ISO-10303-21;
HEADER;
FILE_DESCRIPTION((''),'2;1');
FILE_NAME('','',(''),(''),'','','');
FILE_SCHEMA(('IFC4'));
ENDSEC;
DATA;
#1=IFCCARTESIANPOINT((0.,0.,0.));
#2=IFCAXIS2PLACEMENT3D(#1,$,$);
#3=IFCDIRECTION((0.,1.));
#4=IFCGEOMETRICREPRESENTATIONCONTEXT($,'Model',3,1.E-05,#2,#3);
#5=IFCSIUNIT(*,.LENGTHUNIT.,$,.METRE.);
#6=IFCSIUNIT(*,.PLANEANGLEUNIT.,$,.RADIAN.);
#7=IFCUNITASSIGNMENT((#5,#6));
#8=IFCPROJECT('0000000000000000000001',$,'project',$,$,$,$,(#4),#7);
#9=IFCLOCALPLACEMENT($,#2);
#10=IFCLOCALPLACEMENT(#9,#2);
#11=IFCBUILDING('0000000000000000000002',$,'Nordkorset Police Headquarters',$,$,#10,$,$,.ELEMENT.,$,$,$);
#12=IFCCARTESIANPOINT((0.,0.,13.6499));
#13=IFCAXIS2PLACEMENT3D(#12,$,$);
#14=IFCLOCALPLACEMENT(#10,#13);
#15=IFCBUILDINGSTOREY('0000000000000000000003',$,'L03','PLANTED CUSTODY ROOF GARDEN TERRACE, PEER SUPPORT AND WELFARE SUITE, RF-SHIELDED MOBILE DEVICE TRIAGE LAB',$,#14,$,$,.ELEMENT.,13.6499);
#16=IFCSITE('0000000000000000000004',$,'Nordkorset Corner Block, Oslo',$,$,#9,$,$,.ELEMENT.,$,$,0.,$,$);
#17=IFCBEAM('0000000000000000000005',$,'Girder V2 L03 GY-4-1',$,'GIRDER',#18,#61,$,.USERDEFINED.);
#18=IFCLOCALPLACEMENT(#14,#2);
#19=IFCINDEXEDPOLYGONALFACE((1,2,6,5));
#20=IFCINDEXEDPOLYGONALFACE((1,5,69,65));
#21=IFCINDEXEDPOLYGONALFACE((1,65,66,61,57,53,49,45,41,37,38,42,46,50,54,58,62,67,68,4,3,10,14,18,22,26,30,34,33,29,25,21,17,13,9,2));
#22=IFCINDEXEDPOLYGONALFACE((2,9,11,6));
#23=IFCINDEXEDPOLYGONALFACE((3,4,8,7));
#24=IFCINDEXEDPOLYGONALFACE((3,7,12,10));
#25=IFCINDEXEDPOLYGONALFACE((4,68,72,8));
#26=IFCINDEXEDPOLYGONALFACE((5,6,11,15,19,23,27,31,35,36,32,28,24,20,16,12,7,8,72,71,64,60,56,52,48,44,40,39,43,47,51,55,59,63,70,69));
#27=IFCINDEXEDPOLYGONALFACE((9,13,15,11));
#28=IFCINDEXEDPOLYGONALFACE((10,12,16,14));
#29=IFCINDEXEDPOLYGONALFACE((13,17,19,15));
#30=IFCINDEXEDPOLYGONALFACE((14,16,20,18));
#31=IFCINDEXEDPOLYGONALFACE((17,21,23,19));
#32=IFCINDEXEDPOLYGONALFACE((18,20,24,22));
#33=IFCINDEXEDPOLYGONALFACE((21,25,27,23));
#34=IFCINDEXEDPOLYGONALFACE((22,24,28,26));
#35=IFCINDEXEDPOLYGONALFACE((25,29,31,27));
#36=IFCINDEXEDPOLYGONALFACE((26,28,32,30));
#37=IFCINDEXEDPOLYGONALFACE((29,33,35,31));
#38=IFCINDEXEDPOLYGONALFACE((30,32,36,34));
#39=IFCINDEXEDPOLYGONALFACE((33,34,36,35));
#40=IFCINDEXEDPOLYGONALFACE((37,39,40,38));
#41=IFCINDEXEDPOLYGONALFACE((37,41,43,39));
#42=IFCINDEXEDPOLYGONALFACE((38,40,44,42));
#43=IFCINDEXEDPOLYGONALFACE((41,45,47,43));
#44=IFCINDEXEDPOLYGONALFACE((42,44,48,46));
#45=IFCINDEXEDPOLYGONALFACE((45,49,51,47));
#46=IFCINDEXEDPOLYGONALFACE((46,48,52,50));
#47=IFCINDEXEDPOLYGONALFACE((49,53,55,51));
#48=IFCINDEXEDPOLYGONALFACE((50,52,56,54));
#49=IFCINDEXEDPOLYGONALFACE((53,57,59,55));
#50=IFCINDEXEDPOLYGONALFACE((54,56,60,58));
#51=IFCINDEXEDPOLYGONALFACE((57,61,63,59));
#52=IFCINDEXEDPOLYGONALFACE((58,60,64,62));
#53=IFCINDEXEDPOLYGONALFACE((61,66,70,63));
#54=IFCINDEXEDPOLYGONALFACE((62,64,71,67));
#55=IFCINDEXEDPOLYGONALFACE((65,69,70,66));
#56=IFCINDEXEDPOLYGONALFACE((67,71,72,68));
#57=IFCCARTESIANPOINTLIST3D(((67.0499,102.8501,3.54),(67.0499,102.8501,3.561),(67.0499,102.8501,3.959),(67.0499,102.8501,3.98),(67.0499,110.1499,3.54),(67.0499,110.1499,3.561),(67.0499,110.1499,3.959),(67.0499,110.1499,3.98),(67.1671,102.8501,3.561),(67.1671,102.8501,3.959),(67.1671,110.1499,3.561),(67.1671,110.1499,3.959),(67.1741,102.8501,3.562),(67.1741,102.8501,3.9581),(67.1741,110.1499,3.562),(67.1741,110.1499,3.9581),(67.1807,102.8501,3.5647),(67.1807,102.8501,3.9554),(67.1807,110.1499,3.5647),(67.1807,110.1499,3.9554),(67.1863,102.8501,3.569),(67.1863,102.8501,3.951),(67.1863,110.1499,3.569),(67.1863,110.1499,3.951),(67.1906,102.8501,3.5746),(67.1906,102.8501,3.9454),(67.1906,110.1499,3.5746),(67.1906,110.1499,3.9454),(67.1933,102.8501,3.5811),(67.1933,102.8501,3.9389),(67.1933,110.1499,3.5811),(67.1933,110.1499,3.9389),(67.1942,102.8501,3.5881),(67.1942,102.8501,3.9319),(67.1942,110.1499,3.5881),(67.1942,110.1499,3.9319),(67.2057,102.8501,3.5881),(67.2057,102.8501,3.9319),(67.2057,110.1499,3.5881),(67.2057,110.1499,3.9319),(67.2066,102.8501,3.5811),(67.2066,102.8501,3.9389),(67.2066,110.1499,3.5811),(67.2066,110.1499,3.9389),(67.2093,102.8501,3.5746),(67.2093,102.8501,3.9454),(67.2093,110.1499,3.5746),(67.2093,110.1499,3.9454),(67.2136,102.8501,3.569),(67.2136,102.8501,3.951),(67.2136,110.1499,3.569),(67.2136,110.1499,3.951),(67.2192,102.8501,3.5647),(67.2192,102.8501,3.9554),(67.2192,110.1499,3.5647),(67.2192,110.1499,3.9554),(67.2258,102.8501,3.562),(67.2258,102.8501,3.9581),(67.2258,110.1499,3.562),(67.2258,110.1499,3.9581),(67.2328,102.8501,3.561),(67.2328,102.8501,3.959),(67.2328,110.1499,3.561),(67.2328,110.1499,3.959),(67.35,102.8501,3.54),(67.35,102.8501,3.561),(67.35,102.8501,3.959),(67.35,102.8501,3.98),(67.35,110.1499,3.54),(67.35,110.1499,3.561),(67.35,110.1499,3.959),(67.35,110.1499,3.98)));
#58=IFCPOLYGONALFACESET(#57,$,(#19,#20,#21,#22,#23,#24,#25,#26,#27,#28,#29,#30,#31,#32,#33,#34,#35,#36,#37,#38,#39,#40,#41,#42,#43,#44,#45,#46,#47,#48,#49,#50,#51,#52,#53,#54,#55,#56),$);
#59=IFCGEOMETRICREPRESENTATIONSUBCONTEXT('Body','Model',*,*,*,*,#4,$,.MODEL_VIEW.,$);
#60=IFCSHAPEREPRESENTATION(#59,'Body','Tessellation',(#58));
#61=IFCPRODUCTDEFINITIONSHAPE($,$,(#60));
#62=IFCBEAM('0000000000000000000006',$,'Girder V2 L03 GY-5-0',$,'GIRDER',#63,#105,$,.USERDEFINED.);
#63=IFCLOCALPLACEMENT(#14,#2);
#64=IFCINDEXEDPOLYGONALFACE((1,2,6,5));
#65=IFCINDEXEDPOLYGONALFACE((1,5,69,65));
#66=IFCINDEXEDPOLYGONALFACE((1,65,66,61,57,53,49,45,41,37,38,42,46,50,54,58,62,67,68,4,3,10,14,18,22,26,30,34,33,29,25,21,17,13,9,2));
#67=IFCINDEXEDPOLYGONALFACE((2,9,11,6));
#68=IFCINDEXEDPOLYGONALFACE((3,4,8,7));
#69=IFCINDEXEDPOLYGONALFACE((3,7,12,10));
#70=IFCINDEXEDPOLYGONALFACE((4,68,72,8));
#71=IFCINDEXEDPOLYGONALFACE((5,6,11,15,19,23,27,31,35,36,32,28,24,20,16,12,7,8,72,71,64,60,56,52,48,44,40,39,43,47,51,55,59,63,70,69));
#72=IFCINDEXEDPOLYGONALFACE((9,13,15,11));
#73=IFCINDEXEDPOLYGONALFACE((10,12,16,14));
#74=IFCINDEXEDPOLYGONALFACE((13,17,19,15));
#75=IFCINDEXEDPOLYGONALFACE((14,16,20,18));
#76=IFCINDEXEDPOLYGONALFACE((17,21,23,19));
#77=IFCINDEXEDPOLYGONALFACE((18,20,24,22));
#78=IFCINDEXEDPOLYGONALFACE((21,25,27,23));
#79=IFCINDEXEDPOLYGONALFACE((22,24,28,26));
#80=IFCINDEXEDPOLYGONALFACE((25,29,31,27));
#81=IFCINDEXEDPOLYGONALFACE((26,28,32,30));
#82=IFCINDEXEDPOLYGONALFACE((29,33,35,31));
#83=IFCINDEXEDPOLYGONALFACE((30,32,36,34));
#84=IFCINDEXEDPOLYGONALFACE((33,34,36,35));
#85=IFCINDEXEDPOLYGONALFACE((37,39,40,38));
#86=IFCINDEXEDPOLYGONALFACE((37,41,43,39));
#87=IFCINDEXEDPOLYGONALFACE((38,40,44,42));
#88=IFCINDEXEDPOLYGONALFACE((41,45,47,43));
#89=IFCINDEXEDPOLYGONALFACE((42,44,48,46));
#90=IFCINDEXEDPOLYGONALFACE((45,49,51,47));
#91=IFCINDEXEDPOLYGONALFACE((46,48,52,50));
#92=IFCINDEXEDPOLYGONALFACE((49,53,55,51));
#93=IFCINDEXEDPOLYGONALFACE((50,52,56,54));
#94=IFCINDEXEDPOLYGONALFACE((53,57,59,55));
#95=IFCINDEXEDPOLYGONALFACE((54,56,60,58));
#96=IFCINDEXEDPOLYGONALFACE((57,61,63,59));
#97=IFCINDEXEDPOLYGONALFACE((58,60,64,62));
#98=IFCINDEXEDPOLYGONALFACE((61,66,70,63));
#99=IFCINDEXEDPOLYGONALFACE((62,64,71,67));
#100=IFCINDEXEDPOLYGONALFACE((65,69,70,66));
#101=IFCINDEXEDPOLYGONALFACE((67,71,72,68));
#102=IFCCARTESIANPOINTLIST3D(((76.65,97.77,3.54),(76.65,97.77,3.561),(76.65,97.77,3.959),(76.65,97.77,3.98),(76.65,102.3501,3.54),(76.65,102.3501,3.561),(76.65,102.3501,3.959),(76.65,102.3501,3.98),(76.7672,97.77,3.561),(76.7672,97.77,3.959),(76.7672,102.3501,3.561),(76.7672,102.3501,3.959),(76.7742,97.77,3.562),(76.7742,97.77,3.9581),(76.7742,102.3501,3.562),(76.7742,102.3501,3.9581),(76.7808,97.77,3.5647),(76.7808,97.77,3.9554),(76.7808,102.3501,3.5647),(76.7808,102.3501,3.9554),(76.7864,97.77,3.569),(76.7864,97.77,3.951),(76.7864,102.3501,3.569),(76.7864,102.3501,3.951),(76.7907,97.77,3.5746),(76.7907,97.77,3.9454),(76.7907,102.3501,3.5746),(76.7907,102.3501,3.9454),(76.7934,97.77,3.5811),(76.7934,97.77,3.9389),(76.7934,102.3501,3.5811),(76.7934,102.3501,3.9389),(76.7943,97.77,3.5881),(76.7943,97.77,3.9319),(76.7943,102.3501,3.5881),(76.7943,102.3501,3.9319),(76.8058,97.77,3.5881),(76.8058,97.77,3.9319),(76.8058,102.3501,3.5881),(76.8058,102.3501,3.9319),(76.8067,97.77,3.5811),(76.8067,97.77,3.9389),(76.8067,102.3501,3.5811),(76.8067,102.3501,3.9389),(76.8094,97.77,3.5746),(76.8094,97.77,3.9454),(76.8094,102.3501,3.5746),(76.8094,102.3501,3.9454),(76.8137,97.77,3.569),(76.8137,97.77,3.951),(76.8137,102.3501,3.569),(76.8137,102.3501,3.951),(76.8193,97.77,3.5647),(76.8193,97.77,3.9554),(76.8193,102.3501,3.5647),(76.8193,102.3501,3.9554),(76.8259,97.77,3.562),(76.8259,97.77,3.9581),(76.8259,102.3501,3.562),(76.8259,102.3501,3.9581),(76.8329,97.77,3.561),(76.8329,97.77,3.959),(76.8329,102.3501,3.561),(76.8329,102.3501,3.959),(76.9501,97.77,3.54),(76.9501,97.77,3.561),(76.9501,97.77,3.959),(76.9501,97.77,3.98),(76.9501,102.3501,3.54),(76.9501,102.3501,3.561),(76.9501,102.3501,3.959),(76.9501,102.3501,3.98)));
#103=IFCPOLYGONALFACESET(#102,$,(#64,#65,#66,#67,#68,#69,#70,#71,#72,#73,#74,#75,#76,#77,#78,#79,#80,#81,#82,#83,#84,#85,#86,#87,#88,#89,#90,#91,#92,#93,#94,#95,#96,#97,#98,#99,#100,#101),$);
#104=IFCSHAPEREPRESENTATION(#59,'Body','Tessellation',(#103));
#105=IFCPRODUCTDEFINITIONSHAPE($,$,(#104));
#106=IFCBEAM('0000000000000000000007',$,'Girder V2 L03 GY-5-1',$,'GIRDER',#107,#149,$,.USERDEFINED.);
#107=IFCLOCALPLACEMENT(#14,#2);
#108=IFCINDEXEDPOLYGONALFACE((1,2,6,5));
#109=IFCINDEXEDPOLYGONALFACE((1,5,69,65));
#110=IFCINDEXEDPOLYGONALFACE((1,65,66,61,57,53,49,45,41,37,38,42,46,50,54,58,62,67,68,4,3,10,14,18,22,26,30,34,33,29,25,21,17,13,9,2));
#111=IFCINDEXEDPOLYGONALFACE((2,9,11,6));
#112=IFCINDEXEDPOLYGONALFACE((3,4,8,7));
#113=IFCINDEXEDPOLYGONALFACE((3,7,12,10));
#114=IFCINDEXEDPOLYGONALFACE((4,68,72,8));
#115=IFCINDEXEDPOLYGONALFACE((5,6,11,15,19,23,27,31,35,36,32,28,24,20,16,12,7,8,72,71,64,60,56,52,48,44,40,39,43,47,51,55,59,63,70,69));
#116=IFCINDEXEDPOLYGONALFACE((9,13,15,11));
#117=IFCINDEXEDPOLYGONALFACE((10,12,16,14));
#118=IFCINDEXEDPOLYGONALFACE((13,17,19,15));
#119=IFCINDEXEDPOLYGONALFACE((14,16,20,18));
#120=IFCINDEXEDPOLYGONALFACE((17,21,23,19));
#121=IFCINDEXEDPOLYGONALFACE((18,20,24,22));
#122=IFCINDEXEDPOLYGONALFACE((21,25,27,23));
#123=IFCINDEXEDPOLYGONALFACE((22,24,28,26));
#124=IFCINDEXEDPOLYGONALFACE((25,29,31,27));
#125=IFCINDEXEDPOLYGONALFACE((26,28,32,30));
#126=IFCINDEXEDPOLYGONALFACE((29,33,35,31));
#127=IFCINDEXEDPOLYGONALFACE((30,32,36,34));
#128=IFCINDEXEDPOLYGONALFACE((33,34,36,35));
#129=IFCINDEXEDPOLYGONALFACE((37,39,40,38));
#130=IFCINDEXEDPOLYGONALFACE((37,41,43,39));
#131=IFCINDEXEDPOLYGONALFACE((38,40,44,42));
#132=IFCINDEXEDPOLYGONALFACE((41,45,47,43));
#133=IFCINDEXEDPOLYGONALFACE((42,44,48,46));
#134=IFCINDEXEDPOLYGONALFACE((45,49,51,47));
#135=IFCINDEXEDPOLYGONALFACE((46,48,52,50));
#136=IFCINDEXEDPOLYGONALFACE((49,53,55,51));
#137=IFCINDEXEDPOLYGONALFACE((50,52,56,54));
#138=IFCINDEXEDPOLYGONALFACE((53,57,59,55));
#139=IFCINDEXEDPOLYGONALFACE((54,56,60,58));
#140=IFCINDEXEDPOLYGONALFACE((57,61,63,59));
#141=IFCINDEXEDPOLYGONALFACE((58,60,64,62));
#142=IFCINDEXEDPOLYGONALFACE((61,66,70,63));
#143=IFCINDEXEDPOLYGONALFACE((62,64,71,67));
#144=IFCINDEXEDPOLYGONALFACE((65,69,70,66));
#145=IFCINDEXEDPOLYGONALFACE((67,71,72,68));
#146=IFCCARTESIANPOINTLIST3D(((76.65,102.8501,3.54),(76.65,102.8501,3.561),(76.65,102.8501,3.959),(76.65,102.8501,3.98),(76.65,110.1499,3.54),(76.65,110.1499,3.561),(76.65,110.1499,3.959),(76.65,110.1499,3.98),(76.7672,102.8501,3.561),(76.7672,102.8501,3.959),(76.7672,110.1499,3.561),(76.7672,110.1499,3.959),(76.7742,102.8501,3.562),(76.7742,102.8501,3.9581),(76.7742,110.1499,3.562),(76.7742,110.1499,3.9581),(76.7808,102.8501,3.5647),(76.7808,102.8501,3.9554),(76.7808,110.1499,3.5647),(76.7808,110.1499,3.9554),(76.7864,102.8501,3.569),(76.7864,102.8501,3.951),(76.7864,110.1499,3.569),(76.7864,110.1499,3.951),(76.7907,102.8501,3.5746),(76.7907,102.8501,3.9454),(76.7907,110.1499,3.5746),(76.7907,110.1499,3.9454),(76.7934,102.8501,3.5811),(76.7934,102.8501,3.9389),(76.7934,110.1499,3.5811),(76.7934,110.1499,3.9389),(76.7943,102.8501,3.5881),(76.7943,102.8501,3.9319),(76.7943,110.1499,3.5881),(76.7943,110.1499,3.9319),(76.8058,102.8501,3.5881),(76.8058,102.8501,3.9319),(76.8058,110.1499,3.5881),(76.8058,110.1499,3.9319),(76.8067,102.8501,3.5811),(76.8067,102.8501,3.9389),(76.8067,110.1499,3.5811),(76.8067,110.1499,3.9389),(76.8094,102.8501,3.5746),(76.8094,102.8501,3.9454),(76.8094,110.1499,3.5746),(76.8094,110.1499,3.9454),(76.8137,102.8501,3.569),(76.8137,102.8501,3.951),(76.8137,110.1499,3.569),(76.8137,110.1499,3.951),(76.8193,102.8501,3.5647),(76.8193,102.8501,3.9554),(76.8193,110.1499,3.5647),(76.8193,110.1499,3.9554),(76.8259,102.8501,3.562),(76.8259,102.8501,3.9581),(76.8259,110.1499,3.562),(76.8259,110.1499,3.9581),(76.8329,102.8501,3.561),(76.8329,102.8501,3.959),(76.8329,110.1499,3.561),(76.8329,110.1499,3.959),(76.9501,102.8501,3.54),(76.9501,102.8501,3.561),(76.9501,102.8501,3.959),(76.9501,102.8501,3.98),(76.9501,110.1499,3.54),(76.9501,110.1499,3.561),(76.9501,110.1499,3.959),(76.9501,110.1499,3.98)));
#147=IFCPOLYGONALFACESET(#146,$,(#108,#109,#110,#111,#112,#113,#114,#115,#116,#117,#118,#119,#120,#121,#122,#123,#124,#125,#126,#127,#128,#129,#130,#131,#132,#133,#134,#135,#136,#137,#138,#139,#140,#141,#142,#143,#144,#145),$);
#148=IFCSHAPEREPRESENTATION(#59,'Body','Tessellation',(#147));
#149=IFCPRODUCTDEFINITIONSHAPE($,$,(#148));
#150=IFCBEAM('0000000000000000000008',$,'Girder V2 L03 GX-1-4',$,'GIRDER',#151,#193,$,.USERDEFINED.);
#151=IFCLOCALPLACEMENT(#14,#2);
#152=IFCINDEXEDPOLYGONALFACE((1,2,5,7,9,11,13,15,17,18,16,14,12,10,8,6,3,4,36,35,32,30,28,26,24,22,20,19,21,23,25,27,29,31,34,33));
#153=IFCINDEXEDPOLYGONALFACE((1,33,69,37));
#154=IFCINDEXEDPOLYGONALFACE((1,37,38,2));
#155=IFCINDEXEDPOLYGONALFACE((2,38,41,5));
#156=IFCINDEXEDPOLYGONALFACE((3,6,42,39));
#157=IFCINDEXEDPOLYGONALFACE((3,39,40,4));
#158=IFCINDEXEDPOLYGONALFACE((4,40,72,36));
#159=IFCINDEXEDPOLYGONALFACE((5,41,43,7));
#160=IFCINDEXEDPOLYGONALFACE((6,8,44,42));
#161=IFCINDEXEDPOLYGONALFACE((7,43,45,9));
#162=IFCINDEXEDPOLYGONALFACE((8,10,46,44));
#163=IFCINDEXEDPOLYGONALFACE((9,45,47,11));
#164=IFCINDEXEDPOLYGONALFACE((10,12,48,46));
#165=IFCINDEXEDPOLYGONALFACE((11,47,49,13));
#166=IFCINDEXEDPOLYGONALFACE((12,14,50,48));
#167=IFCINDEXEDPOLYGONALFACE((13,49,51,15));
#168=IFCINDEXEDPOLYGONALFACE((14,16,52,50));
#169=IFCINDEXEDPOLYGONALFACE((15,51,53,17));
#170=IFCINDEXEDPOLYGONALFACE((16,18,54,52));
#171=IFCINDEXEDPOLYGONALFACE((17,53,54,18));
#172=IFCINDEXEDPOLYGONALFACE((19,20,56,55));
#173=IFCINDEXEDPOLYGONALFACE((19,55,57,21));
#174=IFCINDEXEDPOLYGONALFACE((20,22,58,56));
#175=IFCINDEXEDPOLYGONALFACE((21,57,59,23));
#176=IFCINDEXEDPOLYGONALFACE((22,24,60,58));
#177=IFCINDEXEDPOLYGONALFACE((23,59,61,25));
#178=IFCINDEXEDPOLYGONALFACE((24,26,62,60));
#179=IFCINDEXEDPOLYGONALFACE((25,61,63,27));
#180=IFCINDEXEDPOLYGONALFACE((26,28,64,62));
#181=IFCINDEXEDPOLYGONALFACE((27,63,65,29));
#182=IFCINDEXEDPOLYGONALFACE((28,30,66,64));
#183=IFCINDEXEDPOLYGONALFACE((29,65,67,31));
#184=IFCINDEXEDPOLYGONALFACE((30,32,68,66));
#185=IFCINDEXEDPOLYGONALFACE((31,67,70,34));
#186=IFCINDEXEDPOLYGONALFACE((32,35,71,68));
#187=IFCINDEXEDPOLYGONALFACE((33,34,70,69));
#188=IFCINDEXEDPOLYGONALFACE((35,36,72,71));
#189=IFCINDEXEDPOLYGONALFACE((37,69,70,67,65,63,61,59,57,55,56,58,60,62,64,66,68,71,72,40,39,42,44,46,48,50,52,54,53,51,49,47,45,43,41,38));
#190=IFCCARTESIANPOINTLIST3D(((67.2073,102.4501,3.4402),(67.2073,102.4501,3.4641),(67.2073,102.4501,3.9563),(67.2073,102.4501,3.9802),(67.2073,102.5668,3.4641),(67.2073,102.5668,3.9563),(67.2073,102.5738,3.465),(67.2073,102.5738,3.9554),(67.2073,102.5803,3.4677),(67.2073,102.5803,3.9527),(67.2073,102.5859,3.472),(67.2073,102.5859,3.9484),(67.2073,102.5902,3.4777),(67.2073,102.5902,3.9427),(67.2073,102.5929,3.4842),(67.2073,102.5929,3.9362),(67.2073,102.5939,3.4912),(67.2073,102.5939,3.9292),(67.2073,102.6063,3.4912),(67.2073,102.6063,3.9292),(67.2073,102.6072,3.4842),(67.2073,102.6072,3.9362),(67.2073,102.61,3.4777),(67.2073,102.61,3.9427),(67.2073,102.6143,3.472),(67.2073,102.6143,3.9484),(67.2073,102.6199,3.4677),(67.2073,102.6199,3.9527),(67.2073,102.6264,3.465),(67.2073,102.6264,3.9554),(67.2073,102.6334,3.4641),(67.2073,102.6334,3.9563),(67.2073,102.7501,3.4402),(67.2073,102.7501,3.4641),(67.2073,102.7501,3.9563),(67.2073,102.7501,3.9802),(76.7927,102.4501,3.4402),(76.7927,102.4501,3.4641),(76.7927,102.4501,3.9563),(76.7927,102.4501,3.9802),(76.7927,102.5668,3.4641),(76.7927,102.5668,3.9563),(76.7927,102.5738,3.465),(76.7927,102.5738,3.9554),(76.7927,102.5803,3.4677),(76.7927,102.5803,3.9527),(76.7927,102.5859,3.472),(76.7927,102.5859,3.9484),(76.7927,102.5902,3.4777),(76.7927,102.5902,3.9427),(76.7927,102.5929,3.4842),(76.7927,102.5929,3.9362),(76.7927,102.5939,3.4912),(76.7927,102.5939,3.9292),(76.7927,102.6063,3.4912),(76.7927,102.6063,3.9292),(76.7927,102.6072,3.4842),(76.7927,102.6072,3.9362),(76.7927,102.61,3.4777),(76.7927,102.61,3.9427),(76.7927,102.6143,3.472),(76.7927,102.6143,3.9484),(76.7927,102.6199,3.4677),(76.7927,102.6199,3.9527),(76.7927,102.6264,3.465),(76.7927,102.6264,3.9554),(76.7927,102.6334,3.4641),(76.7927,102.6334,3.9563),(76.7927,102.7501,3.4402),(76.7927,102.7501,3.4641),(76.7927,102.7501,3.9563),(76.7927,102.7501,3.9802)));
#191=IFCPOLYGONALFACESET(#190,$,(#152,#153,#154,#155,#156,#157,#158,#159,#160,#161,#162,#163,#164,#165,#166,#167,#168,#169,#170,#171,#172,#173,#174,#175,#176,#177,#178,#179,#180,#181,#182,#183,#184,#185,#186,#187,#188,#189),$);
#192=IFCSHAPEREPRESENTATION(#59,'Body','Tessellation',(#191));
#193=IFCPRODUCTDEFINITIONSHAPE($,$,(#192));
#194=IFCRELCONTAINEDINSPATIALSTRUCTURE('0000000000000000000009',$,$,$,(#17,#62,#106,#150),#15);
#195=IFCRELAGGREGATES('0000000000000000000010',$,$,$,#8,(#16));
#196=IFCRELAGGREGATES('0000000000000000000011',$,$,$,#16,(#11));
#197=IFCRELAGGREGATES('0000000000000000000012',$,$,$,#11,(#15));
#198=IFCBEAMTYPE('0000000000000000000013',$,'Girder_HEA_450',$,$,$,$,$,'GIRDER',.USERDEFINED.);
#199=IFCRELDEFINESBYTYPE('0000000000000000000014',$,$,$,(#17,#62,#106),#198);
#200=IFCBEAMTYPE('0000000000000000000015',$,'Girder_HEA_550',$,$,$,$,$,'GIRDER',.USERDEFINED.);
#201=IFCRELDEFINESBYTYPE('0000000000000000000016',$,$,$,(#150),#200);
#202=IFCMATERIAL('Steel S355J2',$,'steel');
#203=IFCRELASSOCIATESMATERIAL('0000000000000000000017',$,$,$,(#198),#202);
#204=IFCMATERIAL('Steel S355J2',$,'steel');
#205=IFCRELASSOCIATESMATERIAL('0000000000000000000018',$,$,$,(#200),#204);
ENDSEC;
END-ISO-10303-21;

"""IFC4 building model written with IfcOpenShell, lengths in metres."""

from ifc_helpers import new_model, si_unit, direction, frame, origin, origin_2d, place, context, subcontext, project, spatial, i_section, extrude, material, material_profile, profile_set, type_object, element, save


model = new_model("IFC4")

# Units and contexts
model_context = context("Model", 3, precision=1e-05, world=origin(), true_north=direction((0.0, 1.0)))
body_context = subcontext(model_context, "Body", "Model", "MODEL_VIEW")
ifc_project = project(units=[si_unit("LENGTHUNIT", "METRE"), si_unit("PLANEANGLEUNIT", "RADIAN")], contexts=[model_context])

# Site, building, storey
site_placement = place(None, origin())
site = spatial("IfcSite", under=ifc_project, at=site_placement, Name="Nordkorset Corner Block, Oslo", CompositionType="ELEMENT", RefElevation=0.0)
building_placement = place(site_placement, origin())
building = spatial("IfcBuilding", under=site, at=building_placement, Name="Nordkorset Police Headquarters", CompositionType="ELEMENT")
storey_placement = place(building_placement, frame((0.0, 0.0, 13.6499)))
storey = spatial("IfcBuildingStorey", under=building, at=storey_placement, Name="L03", Description="PLANTED CUSTODY ROOF GARDEN TERRACE, PEER SUPPORT AND WELFARE SUITE, RF-SHIELDED MOBILE DEVICE TRIAGE LAB", CompositionType="ELEMENT", Elevation=13.6499)

# Beams
ifc_material_1 = material(Name="Steel S355J2", Category="steel")
ifc_material_profile_1 = material_profile(ifc_material_1, i_section(OverallWidth=0.3, OverallDepth=0.4399, WebThickness=0.0115, FlangeThickness=0.021, FilletRadius=0.0271, at=origin_2d()), Name="HEA 450")
ifc_profile_set_1 = profile_set([ifc_material_profile_1], Name="Steel S355J2")
beam_type_1 = type_object("IfcBeamType", Name="Girder_HEA_450", ElementType="GIRDER", PredefinedType="USERDEFINED", material=ifc_profile_set_1)
beam_1_placement = place(storey_placement, frame((67.2, 102.8501, 3.76), z_axis=(0.0, 1.0, 0.0), x_axis=(-1.0, 0.0, 0.0)))
element("IfcBeam", 1, at=beam_1_placement, inside=storey, type_object=beam_type_1, Name="Girder V2 L03 GY-4-1", ObjectType="GIRDER", PredefinedType="USERDEFINED", context=body_context, shape_type="SweptSolid", body=[
    extrude(i_section(OverallWidth=0.3, OverallDepth=0.4399, WebThickness=0.0115, FlangeThickness=0.021, FilletRadius=0.0271, at=origin_2d()), origin(), (0.0, 0.0, 1.0), 7.2998),
])
beam_2_placement = place(storey_placement, frame((76.8, 97.77, 3.76), z_axis=(0.0, 1.0, 0.0), x_axis=(-1.0, 0.0, 0.0)))
element("IfcBeam", 2, at=beam_2_placement, inside=storey, type_object=beam_type_1, Name="Girder V2 L03 GY-5-0", ObjectType="GIRDER", PredefinedType="USERDEFINED", context=body_context, shape_type="SweptSolid", body=[
    extrude(i_section(OverallWidth=0.3, OverallDepth=0.4399, WebThickness=0.0115, FlangeThickness=0.021, FilletRadius=0.0271, at=origin_2d()), origin(), (0.0, 0.0, 1.0), 4.5801),
])
beam_3_placement = place(storey_placement, frame((76.8, 102.8501, 3.76), z_axis=(0.0, 1.0, 0.0), x_axis=(-1.0, 0.0, 0.0)))
element("IfcBeam", 3, at=beam_3_placement, inside=storey, type_object=beam_type_1, Name="Girder V2 L03 GY-5-1", ObjectType="GIRDER", PredefinedType="USERDEFINED", context=body_context, shape_type="SweptSolid", body=[
    extrude(i_section(OverallWidth=0.3, OverallDepth=0.4399, WebThickness=0.0115, FlangeThickness=0.021, FilletRadius=0.0271, at=origin_2d()), origin(), (0.0, 0.0, 1.0), 7.2998),
])
ifc_material_2 = material(Name="Steel S355J2", Category="steel")
ifc_material_profile_2 = material_profile(ifc_material_2, i_section(OverallWidth=0.3, OverallDepth=0.54, WebThickness=0.0125, FlangeThickness=0.0239, FilletRadius=0.0271, at=origin_2d()), Name="HEA 550")
ifc_profile_set_2 = profile_set([ifc_material_profile_2], Name="Steel S355J2")
beam_type_2 = type_object("IfcBeamType", Name="Girder_HEA_550", ElementType="GIRDER", PredefinedType="USERDEFINED", material=ifc_profile_set_2)
beam_4_placement = place(storey_placement, frame((67.2073, 102.6001, 3.7102), z_axis=(1.0, 0.0, 0.0), x_axis=(0.0, 1.0, 0.0)))
element("IfcBeam", 4, at=beam_4_placement, inside=storey, type_object=beam_type_2, Name="Girder V2 L03 GX-1-4", ObjectType="GIRDER", PredefinedType="USERDEFINED", context=body_context, shape_type="SweptSolid", body=[
    extrude(i_section(OverallWidth=0.3, OverallDepth=0.54, WebThickness=0.0125, FlangeThickness=0.0239, FilletRadius=0.0271, at=origin_2d()), origin(), (0.0, 0.0, 1.0), 9.5854),
])

save(model, "model.ifc")
